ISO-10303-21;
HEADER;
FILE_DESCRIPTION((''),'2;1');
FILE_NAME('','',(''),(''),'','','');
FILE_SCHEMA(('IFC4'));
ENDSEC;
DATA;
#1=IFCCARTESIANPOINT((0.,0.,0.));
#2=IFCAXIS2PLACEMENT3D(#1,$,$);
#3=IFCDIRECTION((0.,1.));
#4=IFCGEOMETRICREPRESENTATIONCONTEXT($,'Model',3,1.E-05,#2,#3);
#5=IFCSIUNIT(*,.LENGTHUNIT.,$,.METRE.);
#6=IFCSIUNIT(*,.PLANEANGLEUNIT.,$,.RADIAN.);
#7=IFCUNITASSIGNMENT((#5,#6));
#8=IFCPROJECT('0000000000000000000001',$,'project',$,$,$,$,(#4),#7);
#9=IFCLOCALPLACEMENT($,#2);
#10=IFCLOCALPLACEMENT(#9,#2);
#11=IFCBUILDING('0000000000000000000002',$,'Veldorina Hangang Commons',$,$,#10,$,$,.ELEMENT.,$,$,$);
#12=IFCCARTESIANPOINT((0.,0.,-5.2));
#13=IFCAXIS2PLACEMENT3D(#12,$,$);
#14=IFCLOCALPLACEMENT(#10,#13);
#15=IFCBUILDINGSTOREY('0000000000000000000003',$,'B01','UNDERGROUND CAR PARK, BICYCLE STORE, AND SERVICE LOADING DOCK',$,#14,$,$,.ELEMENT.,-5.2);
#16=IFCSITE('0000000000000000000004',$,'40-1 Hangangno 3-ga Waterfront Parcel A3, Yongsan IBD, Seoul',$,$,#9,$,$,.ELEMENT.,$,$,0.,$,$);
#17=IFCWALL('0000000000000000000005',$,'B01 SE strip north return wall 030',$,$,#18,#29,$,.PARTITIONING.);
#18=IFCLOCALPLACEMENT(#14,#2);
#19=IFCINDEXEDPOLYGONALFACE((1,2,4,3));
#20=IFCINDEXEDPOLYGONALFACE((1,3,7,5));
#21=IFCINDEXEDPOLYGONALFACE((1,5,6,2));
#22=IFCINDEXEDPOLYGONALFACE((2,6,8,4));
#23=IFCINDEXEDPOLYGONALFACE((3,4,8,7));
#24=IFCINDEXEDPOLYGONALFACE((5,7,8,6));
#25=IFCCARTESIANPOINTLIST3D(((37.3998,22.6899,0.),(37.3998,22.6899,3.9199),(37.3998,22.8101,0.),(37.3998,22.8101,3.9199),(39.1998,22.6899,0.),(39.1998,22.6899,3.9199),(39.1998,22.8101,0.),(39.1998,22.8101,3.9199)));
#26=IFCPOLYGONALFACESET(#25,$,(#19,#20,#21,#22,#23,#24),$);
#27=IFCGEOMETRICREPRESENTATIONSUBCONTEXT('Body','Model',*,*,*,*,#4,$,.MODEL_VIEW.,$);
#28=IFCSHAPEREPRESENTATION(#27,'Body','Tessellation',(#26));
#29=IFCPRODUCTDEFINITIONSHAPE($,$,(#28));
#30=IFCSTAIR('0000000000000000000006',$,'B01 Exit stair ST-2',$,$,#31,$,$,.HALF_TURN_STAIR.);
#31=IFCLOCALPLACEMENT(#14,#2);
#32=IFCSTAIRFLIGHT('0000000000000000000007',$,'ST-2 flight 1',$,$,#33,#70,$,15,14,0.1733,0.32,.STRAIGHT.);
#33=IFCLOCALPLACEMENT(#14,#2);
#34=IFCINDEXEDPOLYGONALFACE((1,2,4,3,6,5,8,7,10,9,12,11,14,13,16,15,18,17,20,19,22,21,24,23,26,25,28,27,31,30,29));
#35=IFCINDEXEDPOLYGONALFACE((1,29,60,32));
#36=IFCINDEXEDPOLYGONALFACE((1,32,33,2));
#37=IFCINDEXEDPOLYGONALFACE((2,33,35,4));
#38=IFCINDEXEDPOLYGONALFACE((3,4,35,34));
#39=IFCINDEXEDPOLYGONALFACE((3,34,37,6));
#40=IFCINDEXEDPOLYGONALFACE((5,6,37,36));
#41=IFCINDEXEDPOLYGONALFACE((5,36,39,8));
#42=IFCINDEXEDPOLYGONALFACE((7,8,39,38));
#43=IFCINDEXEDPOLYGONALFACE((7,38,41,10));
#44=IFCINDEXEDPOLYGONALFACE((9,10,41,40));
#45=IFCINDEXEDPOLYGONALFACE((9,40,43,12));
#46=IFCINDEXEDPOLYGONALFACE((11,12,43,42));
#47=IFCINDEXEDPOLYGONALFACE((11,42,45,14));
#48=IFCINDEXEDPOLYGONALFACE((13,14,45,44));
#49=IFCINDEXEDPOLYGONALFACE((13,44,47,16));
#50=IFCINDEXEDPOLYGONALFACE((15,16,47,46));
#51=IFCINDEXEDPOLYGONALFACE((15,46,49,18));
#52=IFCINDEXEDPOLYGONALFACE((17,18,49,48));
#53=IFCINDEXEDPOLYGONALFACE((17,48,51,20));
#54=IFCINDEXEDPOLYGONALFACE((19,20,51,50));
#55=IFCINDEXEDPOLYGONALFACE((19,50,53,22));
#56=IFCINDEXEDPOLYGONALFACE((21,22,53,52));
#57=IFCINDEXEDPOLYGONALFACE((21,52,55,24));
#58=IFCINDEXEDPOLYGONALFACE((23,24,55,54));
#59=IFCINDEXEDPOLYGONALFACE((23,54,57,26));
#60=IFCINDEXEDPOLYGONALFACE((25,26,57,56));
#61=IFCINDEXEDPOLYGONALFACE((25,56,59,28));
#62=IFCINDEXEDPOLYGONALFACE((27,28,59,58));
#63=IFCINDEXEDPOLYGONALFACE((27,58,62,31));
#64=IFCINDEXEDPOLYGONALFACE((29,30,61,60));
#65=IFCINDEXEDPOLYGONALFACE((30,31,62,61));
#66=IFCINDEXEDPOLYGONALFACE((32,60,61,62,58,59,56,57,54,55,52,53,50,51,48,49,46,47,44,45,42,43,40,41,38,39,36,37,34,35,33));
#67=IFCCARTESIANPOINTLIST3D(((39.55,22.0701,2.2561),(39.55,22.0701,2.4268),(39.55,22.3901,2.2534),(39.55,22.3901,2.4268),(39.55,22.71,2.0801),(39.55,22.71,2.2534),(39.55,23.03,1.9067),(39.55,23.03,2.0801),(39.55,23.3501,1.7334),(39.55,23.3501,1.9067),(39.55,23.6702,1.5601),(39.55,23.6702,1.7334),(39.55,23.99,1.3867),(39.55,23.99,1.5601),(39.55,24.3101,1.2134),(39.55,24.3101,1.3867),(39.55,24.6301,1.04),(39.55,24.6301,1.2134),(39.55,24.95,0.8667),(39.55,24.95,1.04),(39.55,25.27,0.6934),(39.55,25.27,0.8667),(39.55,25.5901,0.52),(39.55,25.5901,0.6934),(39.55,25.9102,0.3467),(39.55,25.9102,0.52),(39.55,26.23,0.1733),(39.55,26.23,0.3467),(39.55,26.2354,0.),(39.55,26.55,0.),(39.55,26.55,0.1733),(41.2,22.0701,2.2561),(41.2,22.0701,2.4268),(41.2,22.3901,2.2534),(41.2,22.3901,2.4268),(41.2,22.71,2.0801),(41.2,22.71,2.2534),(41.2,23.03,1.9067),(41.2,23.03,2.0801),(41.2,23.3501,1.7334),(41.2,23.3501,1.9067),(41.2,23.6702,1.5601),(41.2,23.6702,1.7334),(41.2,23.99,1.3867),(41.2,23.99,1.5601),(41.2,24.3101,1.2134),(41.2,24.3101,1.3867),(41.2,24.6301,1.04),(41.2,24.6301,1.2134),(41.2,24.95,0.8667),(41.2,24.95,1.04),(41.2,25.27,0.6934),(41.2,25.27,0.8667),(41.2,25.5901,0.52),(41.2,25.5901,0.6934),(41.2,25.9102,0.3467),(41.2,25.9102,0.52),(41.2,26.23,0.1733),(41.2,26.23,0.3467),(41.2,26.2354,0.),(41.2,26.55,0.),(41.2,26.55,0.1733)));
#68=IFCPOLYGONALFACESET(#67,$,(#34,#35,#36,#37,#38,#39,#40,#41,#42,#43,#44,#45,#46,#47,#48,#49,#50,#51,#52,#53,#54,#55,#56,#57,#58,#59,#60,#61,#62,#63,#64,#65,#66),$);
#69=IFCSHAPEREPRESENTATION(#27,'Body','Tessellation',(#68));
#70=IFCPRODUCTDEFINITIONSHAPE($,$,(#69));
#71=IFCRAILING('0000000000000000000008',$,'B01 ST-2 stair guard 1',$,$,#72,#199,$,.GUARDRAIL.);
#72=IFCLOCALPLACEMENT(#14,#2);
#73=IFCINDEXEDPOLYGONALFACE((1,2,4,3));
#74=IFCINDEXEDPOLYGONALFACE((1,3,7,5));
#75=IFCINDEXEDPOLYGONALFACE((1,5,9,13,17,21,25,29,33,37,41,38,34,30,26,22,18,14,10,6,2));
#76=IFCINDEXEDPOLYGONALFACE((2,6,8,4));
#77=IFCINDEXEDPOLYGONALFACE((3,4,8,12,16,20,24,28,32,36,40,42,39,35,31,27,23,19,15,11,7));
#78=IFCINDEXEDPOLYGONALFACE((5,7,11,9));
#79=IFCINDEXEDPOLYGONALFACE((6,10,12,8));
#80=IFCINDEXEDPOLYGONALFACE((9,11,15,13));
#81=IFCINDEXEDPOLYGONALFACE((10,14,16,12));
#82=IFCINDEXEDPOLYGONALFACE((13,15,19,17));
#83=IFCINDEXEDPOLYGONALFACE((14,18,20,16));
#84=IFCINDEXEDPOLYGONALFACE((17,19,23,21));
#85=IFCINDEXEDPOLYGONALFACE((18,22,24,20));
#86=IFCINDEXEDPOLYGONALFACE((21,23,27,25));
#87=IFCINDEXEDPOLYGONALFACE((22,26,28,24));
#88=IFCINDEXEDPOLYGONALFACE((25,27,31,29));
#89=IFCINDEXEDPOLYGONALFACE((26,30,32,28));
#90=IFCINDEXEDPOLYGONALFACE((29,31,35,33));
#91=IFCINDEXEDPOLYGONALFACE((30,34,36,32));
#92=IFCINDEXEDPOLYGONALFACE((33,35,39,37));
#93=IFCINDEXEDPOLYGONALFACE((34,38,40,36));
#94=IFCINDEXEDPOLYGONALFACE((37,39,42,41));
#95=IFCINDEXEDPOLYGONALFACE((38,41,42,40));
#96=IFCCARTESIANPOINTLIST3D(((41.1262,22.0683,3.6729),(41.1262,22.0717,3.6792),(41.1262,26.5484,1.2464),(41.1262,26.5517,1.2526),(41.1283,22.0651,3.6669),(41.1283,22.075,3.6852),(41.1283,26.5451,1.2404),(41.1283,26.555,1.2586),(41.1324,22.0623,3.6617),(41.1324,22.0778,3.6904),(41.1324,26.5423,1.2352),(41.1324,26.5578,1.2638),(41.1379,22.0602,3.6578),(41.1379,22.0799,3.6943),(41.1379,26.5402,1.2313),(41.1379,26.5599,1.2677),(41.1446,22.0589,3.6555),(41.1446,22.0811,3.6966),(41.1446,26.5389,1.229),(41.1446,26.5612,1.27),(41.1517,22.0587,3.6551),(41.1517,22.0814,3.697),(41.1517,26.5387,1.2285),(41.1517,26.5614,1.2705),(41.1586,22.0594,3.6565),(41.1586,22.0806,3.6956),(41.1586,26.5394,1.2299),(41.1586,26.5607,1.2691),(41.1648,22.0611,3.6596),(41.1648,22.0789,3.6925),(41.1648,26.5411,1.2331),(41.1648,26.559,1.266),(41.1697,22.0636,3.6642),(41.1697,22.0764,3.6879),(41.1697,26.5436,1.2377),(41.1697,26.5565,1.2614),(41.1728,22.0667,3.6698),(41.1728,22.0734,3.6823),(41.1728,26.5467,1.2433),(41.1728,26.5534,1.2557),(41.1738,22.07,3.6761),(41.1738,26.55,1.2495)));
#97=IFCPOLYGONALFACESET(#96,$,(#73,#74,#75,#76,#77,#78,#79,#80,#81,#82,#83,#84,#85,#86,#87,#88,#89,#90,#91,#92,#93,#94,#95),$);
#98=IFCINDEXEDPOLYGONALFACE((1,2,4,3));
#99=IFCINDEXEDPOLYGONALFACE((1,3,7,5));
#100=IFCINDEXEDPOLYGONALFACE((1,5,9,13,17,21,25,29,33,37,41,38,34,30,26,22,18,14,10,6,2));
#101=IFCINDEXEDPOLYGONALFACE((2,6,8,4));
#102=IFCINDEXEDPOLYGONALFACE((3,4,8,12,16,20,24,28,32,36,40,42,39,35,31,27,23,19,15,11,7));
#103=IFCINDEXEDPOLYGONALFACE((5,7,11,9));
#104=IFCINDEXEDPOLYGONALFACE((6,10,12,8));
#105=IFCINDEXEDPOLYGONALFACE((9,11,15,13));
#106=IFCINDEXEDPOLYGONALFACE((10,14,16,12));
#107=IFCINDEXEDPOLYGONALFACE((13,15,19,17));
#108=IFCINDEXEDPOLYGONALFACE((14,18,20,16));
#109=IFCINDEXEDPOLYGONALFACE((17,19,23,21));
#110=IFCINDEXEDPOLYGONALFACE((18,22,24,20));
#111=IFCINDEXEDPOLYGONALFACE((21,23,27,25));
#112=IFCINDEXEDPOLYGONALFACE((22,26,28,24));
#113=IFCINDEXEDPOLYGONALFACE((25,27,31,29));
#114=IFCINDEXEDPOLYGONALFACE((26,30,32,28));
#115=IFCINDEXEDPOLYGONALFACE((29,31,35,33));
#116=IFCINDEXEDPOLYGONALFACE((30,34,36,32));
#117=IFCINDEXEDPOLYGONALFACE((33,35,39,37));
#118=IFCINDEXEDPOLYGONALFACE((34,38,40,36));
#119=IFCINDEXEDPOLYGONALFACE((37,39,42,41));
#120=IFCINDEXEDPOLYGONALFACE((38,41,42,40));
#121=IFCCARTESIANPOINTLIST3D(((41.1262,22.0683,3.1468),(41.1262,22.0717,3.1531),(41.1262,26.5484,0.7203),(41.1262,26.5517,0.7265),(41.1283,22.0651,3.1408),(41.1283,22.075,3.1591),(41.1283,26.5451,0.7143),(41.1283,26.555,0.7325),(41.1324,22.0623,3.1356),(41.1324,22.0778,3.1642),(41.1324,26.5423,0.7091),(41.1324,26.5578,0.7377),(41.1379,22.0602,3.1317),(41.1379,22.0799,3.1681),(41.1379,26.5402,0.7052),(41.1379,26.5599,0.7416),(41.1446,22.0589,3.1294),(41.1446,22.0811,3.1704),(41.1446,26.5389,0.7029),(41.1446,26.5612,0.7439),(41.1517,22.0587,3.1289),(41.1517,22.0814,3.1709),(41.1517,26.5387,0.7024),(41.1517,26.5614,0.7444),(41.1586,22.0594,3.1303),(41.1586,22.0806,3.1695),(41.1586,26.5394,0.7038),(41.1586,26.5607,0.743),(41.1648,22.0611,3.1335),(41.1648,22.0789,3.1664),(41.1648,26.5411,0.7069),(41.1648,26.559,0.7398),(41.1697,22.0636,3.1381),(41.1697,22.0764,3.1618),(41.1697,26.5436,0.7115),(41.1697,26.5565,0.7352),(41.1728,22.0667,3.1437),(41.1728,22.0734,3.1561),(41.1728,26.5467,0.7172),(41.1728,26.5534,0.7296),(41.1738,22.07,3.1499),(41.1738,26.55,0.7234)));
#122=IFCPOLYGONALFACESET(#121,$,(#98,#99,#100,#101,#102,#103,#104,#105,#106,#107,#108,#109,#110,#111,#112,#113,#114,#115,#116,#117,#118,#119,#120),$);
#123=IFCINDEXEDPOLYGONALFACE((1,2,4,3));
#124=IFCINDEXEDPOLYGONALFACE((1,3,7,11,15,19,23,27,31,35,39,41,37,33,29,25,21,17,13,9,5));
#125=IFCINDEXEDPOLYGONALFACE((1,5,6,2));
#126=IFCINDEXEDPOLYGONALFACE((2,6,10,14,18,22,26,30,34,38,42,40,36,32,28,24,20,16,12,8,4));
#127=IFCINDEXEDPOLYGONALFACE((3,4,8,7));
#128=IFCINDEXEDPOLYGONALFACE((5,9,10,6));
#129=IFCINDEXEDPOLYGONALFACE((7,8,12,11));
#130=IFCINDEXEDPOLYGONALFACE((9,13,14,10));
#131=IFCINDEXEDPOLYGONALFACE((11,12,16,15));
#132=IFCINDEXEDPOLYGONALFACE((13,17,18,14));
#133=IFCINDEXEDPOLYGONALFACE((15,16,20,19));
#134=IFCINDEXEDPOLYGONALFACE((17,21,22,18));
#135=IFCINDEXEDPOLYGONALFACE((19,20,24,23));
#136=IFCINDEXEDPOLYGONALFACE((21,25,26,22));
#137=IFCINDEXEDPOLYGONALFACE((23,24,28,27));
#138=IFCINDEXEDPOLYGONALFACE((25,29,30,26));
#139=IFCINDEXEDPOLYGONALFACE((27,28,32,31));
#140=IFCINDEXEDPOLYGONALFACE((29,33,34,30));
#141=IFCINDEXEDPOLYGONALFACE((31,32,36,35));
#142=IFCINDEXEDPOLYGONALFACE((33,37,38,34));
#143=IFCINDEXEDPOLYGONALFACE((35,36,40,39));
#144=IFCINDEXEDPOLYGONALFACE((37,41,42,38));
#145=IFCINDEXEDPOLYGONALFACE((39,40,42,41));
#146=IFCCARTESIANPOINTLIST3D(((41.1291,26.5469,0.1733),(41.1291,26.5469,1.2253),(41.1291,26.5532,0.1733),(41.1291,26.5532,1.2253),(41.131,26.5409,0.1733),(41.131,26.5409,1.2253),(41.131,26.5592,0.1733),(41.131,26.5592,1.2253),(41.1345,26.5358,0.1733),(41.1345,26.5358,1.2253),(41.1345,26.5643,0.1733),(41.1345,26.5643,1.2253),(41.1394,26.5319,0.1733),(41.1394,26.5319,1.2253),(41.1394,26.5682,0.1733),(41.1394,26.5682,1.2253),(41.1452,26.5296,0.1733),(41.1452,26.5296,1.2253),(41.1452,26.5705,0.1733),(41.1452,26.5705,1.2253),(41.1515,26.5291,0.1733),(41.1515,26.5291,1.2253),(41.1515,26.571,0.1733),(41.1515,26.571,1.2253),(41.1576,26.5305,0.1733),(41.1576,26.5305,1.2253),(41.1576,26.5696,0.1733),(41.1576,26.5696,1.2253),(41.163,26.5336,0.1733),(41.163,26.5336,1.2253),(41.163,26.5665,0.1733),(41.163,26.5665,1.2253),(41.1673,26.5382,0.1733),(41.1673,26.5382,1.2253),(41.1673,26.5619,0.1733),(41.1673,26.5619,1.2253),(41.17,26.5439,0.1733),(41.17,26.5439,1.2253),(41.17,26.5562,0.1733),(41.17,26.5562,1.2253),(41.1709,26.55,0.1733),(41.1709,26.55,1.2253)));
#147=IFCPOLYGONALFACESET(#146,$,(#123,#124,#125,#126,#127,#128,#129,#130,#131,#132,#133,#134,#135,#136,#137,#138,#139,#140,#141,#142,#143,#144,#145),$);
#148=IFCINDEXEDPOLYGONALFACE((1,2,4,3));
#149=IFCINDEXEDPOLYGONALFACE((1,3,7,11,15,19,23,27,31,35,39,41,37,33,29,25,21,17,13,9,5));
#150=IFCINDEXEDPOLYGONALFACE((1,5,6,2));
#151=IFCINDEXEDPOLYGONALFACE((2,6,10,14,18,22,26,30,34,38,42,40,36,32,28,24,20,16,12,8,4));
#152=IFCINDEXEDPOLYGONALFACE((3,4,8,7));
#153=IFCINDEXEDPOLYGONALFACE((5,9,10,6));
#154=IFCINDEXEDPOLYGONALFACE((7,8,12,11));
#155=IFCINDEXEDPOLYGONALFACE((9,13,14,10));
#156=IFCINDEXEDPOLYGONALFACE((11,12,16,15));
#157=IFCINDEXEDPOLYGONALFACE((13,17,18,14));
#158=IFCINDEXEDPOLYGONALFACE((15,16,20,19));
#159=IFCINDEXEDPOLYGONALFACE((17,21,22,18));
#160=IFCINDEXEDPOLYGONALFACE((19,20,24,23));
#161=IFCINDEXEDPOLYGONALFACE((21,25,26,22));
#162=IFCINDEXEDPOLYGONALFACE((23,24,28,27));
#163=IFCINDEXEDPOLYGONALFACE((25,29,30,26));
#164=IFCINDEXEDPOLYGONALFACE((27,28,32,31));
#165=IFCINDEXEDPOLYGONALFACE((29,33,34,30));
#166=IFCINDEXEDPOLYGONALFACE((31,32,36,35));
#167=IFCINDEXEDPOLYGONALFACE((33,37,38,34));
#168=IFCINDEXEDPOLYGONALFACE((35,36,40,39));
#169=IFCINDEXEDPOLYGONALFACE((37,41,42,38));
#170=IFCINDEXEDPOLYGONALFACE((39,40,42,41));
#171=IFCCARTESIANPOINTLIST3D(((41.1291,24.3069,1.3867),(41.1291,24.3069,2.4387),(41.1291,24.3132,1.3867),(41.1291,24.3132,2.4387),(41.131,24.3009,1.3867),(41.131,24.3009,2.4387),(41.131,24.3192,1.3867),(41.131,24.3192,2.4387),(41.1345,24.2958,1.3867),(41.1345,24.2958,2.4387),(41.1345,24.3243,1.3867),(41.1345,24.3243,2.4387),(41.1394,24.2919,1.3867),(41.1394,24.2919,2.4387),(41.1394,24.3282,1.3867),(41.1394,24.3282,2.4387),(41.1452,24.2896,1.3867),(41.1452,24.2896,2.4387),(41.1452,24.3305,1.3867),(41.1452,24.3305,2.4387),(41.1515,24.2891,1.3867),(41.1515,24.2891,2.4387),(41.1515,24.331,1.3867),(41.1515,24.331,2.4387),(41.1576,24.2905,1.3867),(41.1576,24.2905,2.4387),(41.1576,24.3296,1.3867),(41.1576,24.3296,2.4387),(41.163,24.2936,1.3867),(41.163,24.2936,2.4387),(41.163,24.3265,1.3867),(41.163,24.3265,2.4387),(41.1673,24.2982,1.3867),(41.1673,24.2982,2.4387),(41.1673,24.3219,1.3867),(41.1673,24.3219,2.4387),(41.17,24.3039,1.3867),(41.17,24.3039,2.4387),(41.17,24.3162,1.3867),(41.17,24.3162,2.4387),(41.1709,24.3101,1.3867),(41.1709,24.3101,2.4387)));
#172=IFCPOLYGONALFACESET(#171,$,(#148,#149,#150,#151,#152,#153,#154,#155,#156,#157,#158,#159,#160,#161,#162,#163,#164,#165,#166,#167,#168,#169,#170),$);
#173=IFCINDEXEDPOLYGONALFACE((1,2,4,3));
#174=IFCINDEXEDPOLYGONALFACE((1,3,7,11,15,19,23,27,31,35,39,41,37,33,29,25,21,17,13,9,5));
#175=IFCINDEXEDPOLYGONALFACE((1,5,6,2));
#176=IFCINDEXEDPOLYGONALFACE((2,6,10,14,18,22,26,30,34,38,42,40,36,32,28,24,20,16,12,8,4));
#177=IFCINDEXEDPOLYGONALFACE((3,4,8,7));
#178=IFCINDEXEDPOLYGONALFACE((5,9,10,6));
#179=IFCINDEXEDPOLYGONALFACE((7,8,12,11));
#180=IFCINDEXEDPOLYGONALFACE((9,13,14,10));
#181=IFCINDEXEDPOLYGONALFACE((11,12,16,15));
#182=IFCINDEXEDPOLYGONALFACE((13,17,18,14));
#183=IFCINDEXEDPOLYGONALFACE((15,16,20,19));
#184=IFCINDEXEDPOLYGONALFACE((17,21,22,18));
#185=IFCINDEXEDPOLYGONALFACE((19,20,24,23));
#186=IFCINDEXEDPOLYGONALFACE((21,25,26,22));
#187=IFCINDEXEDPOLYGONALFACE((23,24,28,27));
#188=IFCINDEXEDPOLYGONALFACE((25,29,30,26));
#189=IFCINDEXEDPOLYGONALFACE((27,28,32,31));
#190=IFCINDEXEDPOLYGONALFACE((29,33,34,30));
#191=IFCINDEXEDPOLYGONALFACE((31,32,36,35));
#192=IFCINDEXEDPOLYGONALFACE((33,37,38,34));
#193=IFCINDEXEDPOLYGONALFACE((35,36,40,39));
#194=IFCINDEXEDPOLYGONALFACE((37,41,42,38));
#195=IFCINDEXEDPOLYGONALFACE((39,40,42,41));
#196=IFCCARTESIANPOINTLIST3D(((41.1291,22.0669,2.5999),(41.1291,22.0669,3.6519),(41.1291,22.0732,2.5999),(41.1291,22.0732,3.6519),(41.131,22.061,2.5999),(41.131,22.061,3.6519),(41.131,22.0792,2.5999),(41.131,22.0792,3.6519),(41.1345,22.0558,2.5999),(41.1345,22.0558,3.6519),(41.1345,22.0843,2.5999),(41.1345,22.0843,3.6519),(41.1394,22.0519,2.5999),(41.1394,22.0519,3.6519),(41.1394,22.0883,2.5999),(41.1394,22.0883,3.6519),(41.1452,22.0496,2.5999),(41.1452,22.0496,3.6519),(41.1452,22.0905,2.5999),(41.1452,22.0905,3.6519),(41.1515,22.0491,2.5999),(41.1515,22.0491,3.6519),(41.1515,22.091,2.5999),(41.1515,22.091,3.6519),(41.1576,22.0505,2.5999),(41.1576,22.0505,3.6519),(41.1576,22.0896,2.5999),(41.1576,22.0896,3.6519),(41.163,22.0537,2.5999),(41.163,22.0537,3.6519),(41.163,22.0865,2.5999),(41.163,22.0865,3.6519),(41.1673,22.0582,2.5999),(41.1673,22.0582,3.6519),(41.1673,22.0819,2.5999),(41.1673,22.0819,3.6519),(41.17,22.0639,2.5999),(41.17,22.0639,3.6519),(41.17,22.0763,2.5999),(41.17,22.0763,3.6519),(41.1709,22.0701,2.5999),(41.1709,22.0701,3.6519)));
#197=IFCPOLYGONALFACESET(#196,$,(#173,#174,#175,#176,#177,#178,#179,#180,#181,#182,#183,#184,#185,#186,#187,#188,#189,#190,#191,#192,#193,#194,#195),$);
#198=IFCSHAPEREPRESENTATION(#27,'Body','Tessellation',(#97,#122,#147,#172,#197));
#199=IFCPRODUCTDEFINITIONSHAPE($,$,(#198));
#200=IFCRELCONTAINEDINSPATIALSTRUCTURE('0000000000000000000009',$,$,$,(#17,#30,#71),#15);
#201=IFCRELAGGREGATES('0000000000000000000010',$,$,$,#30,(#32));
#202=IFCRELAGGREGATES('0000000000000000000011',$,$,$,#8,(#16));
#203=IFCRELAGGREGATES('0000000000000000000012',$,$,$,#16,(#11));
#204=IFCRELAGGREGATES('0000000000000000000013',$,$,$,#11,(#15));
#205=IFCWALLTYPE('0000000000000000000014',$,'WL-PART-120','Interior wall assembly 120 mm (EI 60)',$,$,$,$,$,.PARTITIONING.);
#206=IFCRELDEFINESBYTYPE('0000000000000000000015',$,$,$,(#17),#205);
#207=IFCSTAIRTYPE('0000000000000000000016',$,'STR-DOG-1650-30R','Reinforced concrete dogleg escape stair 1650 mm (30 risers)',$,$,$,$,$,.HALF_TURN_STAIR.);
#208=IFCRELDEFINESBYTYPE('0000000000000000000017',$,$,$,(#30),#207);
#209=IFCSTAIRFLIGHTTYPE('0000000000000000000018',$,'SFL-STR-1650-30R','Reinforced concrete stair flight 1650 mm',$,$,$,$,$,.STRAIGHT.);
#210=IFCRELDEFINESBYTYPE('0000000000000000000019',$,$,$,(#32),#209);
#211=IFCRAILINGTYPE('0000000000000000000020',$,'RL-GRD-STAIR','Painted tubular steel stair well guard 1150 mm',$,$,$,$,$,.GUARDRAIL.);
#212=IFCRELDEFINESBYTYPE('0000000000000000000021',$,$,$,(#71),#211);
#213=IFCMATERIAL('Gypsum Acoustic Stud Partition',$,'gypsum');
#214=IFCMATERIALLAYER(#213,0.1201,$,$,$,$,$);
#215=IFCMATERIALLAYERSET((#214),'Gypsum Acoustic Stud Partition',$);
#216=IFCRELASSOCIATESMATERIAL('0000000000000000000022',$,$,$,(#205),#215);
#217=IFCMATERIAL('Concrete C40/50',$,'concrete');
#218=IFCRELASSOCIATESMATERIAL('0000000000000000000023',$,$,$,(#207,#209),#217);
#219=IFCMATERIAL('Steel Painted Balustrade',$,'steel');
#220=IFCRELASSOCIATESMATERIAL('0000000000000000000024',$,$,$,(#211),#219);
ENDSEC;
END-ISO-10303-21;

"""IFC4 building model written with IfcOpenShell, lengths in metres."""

from ifc_helpers import new_model, si_unit, direction, frame, frame_2d, origin, origin_2d, place, context, subcontext, project, spatial, polyline, rectangle, circle, outline, extrude, material, layer, layer_set, type_object, element, aggregate, save


model = new_model("IFC4")

# Units and contexts
model_context = context("Model", 3, precision=1e-05, world=origin(), true_north=direction((0.0, 1.0)))
body_context = subcontext(model_context, "Body", "Model", "MODEL_VIEW")
ifc_project = project(units=[si_unit("LENGTHUNIT", "METRE"), si_unit("PLANEANGLEUNIT", "RADIAN")], contexts=[model_context])

# Site, building, storey
site_placement = place(None, origin())
site = spatial("IfcSite", under=ifc_project, at=site_placement, Name="40-1 Hangangno 3-ga Waterfront Parcel A3, Yongsan IBD, Seoul", CompositionType="ELEMENT", RefElevation=0.0)
building_placement = place(site_placement, origin())
building = spatial("IfcBuilding", under=site, at=building_placement, Name="Veldorina Hangang Commons", CompositionType="ELEMENT")
storey_placement = place(building_placement, frame((0.0, 0.0, -5.2)))
storey = spatial("IfcBuildingStorey", under=building, at=storey_placement, Name="B01", Description="UNDERGROUND CAR PARK, BICYCLE STORE, AND SERVICE LOADING DOCK", CompositionType="ELEMENT", Elevation=-5.2)

# Shared definitions
ifc_material_1 = material(Name="Gypsum Acoustic Stud Partition", Category="gypsum")
ifc_layer_1 = layer(ifc_material_1, 0.1201)
ifc_layer_set_1 = layer_set([ifc_layer_1], Name="Gypsum Acoustic Stud Partition")
wall_type_1 = type_object("IfcWallType", Name="WL-PART-120", Description="Interior wall assembly 120 mm (EI 60)", PredefinedType="PARTITIONING", material=ifc_layer_set_1)

# Wall
wall_1_placement = place(storey_placement, frame((37.3999, 22.75, 0.0), z_axis=(0.0, 0.0, 1.0), x_axis=(1.0, 0.0, 0.0)))
element("IfcWall", 1, at=wall_1_placement, inside=storey, type_object=wall_type_1, Name="B01 SE strip north return wall 030", PredefinedType="PARTITIONING", context=body_context, shape_type="SweptSolid", body=[
    extrude(rectangle(XDim=1.8, YDim=0.1201, at=frame_2d((0.8999, 0.0))), origin(), (0.0, 0.0, 1.0), 3.9199),
])

# Stair, stair flight
ifc_material_2 = material(Name="Concrete C40/50", Category="concrete")
stair_type = type_object("IfcStairType", Name="STR-DOG-1650-30R", Description="Reinforced concrete dogleg escape stair 1650 mm (30 risers)", PredefinedType="HALF_TURN_STAIR", material=ifc_material_2)
stair_placement = place(storey_placement, origin())
stair = element("IfcStair", 2, at=stair_placement, inside=storey, type_object=stair_type, Name="B01 Exit stair ST-2", PredefinedType="HALF_TURN_STAIR")
stair_flight_type = type_object("IfcStairFlightType", Name="SFL-STR-1650-30R", Description="Reinforced concrete stair flight 1650 mm", PredefinedType="STRAIGHT", material=ifc_material_2)
stair_flight_placement = place(storey_placement, frame((40.375, 26.55, 0.0), z_axis=(0.0, 0.0, 1.0), x_axis=(0.0, -1.0, 0.0)))
stair_flight = element("IfcStairFlight", 3, at=stair_flight_placement, type_object=stair_flight_type, Name="ST-2 flight 1", NumberOfRisers=15, NumberOfTreads=14, PredefinedType="STRAIGHT", RiserHeight=0.1733, TreadLength=0.32, context=body_context, shape_type="SweptSolid", body=[
    extrude(outline(polyline([(0.0, 0.0), (0.0, 0.1733), (0.3201, 0.1733), (0.3201, 0.3467), (0.6399, 0.3467), (0.6399, 0.52), (0.96, 0.52), (0.96, 0.6934), (1.28, 0.6934), (1.28, 0.8667), (1.6001, 0.8667), (1.6001, 1.04), (1.9199, 1.04), (1.9199, 1.2134), (2.24, 1.2134), (2.24, 1.3867), (2.5601, 1.3867), (2.5601, 1.5601), (2.8799, 1.5601), (2.8799, 1.7334), (3.2, 1.7334), (3.2, 1.9067), (3.52, 1.9067), (3.52, 2.0801), (3.8401, 2.0801), (3.8401, 2.2534), (4.1599, 2.2534), (4.1599, 2.4268), (4.48, 2.4268), (4.48, 2.6001), (4.48, 2.2561), (0.3147, 0.0), (0.0, 0.0)])), frame((0.0, 0.825, 0.0), z_axis=(0.0, -1.0, 0.0), x_axis=(1.0, 0.0, 0.0)), (0.0, 0.0, 1.0), 1.6499),
])
aggregate(stair, [stair_flight])

# Railing
ifc_material_3 = material(Name="Steel Painted Balustrade", Category="steel")
railing_type_1 = type_object("IfcRailingType", Name="RL-GRD-STAIR", Description="Painted tubular steel stair well guard 1150 mm", PredefinedType="GUARDRAIL", material=ifc_material_3)
railing_1_placement = place(storey_placement, frame((41.1499, 26.55, 0.1733)))
element("IfcRailing", 4, at=railing_1_placement, inside=storey, type_object=railing_type_1, Name="B01 ST-2 stair guard 1", PredefinedType="GUARDRAIL", context=body_context, shape_type="SweptSolid", body=[
    extrude(circle(Radius=0.0239, at=origin_2d()), frame((0.0, 0.0, 1.0762), z_axis=(0.0, -0.879304, 0.476262), x_axis=(1.0, 0.0, 0.0)), (0.0, 0.0, 1.0), 5.095),
    extrude(circle(Radius=0.0239, at=origin_2d()), frame((0.0, 0.0, 0.55), z_axis=(0.0, -0.879304, 0.476262), x_axis=(1.0, 0.0, 0.0)), (0.0, 0.0, 1.0), 5.095),
    extrude(circle(Radius=0.021, at=origin_2d()), origin(), (0.0, 0.0, 1.0), 1.052),
    extrude(circle(Radius=0.021, at=origin_2d()), frame((0.0, -2.24, 1.2134)), (0.0, 0.0, 1.0), 1.052),
    extrude(circle(Radius=0.021, at=origin_2d()), frame((0.0, -4.48, 2.4265)), (0.0, 0.0, 1.0), 1.052),
])

save(model, "model.ifc")
